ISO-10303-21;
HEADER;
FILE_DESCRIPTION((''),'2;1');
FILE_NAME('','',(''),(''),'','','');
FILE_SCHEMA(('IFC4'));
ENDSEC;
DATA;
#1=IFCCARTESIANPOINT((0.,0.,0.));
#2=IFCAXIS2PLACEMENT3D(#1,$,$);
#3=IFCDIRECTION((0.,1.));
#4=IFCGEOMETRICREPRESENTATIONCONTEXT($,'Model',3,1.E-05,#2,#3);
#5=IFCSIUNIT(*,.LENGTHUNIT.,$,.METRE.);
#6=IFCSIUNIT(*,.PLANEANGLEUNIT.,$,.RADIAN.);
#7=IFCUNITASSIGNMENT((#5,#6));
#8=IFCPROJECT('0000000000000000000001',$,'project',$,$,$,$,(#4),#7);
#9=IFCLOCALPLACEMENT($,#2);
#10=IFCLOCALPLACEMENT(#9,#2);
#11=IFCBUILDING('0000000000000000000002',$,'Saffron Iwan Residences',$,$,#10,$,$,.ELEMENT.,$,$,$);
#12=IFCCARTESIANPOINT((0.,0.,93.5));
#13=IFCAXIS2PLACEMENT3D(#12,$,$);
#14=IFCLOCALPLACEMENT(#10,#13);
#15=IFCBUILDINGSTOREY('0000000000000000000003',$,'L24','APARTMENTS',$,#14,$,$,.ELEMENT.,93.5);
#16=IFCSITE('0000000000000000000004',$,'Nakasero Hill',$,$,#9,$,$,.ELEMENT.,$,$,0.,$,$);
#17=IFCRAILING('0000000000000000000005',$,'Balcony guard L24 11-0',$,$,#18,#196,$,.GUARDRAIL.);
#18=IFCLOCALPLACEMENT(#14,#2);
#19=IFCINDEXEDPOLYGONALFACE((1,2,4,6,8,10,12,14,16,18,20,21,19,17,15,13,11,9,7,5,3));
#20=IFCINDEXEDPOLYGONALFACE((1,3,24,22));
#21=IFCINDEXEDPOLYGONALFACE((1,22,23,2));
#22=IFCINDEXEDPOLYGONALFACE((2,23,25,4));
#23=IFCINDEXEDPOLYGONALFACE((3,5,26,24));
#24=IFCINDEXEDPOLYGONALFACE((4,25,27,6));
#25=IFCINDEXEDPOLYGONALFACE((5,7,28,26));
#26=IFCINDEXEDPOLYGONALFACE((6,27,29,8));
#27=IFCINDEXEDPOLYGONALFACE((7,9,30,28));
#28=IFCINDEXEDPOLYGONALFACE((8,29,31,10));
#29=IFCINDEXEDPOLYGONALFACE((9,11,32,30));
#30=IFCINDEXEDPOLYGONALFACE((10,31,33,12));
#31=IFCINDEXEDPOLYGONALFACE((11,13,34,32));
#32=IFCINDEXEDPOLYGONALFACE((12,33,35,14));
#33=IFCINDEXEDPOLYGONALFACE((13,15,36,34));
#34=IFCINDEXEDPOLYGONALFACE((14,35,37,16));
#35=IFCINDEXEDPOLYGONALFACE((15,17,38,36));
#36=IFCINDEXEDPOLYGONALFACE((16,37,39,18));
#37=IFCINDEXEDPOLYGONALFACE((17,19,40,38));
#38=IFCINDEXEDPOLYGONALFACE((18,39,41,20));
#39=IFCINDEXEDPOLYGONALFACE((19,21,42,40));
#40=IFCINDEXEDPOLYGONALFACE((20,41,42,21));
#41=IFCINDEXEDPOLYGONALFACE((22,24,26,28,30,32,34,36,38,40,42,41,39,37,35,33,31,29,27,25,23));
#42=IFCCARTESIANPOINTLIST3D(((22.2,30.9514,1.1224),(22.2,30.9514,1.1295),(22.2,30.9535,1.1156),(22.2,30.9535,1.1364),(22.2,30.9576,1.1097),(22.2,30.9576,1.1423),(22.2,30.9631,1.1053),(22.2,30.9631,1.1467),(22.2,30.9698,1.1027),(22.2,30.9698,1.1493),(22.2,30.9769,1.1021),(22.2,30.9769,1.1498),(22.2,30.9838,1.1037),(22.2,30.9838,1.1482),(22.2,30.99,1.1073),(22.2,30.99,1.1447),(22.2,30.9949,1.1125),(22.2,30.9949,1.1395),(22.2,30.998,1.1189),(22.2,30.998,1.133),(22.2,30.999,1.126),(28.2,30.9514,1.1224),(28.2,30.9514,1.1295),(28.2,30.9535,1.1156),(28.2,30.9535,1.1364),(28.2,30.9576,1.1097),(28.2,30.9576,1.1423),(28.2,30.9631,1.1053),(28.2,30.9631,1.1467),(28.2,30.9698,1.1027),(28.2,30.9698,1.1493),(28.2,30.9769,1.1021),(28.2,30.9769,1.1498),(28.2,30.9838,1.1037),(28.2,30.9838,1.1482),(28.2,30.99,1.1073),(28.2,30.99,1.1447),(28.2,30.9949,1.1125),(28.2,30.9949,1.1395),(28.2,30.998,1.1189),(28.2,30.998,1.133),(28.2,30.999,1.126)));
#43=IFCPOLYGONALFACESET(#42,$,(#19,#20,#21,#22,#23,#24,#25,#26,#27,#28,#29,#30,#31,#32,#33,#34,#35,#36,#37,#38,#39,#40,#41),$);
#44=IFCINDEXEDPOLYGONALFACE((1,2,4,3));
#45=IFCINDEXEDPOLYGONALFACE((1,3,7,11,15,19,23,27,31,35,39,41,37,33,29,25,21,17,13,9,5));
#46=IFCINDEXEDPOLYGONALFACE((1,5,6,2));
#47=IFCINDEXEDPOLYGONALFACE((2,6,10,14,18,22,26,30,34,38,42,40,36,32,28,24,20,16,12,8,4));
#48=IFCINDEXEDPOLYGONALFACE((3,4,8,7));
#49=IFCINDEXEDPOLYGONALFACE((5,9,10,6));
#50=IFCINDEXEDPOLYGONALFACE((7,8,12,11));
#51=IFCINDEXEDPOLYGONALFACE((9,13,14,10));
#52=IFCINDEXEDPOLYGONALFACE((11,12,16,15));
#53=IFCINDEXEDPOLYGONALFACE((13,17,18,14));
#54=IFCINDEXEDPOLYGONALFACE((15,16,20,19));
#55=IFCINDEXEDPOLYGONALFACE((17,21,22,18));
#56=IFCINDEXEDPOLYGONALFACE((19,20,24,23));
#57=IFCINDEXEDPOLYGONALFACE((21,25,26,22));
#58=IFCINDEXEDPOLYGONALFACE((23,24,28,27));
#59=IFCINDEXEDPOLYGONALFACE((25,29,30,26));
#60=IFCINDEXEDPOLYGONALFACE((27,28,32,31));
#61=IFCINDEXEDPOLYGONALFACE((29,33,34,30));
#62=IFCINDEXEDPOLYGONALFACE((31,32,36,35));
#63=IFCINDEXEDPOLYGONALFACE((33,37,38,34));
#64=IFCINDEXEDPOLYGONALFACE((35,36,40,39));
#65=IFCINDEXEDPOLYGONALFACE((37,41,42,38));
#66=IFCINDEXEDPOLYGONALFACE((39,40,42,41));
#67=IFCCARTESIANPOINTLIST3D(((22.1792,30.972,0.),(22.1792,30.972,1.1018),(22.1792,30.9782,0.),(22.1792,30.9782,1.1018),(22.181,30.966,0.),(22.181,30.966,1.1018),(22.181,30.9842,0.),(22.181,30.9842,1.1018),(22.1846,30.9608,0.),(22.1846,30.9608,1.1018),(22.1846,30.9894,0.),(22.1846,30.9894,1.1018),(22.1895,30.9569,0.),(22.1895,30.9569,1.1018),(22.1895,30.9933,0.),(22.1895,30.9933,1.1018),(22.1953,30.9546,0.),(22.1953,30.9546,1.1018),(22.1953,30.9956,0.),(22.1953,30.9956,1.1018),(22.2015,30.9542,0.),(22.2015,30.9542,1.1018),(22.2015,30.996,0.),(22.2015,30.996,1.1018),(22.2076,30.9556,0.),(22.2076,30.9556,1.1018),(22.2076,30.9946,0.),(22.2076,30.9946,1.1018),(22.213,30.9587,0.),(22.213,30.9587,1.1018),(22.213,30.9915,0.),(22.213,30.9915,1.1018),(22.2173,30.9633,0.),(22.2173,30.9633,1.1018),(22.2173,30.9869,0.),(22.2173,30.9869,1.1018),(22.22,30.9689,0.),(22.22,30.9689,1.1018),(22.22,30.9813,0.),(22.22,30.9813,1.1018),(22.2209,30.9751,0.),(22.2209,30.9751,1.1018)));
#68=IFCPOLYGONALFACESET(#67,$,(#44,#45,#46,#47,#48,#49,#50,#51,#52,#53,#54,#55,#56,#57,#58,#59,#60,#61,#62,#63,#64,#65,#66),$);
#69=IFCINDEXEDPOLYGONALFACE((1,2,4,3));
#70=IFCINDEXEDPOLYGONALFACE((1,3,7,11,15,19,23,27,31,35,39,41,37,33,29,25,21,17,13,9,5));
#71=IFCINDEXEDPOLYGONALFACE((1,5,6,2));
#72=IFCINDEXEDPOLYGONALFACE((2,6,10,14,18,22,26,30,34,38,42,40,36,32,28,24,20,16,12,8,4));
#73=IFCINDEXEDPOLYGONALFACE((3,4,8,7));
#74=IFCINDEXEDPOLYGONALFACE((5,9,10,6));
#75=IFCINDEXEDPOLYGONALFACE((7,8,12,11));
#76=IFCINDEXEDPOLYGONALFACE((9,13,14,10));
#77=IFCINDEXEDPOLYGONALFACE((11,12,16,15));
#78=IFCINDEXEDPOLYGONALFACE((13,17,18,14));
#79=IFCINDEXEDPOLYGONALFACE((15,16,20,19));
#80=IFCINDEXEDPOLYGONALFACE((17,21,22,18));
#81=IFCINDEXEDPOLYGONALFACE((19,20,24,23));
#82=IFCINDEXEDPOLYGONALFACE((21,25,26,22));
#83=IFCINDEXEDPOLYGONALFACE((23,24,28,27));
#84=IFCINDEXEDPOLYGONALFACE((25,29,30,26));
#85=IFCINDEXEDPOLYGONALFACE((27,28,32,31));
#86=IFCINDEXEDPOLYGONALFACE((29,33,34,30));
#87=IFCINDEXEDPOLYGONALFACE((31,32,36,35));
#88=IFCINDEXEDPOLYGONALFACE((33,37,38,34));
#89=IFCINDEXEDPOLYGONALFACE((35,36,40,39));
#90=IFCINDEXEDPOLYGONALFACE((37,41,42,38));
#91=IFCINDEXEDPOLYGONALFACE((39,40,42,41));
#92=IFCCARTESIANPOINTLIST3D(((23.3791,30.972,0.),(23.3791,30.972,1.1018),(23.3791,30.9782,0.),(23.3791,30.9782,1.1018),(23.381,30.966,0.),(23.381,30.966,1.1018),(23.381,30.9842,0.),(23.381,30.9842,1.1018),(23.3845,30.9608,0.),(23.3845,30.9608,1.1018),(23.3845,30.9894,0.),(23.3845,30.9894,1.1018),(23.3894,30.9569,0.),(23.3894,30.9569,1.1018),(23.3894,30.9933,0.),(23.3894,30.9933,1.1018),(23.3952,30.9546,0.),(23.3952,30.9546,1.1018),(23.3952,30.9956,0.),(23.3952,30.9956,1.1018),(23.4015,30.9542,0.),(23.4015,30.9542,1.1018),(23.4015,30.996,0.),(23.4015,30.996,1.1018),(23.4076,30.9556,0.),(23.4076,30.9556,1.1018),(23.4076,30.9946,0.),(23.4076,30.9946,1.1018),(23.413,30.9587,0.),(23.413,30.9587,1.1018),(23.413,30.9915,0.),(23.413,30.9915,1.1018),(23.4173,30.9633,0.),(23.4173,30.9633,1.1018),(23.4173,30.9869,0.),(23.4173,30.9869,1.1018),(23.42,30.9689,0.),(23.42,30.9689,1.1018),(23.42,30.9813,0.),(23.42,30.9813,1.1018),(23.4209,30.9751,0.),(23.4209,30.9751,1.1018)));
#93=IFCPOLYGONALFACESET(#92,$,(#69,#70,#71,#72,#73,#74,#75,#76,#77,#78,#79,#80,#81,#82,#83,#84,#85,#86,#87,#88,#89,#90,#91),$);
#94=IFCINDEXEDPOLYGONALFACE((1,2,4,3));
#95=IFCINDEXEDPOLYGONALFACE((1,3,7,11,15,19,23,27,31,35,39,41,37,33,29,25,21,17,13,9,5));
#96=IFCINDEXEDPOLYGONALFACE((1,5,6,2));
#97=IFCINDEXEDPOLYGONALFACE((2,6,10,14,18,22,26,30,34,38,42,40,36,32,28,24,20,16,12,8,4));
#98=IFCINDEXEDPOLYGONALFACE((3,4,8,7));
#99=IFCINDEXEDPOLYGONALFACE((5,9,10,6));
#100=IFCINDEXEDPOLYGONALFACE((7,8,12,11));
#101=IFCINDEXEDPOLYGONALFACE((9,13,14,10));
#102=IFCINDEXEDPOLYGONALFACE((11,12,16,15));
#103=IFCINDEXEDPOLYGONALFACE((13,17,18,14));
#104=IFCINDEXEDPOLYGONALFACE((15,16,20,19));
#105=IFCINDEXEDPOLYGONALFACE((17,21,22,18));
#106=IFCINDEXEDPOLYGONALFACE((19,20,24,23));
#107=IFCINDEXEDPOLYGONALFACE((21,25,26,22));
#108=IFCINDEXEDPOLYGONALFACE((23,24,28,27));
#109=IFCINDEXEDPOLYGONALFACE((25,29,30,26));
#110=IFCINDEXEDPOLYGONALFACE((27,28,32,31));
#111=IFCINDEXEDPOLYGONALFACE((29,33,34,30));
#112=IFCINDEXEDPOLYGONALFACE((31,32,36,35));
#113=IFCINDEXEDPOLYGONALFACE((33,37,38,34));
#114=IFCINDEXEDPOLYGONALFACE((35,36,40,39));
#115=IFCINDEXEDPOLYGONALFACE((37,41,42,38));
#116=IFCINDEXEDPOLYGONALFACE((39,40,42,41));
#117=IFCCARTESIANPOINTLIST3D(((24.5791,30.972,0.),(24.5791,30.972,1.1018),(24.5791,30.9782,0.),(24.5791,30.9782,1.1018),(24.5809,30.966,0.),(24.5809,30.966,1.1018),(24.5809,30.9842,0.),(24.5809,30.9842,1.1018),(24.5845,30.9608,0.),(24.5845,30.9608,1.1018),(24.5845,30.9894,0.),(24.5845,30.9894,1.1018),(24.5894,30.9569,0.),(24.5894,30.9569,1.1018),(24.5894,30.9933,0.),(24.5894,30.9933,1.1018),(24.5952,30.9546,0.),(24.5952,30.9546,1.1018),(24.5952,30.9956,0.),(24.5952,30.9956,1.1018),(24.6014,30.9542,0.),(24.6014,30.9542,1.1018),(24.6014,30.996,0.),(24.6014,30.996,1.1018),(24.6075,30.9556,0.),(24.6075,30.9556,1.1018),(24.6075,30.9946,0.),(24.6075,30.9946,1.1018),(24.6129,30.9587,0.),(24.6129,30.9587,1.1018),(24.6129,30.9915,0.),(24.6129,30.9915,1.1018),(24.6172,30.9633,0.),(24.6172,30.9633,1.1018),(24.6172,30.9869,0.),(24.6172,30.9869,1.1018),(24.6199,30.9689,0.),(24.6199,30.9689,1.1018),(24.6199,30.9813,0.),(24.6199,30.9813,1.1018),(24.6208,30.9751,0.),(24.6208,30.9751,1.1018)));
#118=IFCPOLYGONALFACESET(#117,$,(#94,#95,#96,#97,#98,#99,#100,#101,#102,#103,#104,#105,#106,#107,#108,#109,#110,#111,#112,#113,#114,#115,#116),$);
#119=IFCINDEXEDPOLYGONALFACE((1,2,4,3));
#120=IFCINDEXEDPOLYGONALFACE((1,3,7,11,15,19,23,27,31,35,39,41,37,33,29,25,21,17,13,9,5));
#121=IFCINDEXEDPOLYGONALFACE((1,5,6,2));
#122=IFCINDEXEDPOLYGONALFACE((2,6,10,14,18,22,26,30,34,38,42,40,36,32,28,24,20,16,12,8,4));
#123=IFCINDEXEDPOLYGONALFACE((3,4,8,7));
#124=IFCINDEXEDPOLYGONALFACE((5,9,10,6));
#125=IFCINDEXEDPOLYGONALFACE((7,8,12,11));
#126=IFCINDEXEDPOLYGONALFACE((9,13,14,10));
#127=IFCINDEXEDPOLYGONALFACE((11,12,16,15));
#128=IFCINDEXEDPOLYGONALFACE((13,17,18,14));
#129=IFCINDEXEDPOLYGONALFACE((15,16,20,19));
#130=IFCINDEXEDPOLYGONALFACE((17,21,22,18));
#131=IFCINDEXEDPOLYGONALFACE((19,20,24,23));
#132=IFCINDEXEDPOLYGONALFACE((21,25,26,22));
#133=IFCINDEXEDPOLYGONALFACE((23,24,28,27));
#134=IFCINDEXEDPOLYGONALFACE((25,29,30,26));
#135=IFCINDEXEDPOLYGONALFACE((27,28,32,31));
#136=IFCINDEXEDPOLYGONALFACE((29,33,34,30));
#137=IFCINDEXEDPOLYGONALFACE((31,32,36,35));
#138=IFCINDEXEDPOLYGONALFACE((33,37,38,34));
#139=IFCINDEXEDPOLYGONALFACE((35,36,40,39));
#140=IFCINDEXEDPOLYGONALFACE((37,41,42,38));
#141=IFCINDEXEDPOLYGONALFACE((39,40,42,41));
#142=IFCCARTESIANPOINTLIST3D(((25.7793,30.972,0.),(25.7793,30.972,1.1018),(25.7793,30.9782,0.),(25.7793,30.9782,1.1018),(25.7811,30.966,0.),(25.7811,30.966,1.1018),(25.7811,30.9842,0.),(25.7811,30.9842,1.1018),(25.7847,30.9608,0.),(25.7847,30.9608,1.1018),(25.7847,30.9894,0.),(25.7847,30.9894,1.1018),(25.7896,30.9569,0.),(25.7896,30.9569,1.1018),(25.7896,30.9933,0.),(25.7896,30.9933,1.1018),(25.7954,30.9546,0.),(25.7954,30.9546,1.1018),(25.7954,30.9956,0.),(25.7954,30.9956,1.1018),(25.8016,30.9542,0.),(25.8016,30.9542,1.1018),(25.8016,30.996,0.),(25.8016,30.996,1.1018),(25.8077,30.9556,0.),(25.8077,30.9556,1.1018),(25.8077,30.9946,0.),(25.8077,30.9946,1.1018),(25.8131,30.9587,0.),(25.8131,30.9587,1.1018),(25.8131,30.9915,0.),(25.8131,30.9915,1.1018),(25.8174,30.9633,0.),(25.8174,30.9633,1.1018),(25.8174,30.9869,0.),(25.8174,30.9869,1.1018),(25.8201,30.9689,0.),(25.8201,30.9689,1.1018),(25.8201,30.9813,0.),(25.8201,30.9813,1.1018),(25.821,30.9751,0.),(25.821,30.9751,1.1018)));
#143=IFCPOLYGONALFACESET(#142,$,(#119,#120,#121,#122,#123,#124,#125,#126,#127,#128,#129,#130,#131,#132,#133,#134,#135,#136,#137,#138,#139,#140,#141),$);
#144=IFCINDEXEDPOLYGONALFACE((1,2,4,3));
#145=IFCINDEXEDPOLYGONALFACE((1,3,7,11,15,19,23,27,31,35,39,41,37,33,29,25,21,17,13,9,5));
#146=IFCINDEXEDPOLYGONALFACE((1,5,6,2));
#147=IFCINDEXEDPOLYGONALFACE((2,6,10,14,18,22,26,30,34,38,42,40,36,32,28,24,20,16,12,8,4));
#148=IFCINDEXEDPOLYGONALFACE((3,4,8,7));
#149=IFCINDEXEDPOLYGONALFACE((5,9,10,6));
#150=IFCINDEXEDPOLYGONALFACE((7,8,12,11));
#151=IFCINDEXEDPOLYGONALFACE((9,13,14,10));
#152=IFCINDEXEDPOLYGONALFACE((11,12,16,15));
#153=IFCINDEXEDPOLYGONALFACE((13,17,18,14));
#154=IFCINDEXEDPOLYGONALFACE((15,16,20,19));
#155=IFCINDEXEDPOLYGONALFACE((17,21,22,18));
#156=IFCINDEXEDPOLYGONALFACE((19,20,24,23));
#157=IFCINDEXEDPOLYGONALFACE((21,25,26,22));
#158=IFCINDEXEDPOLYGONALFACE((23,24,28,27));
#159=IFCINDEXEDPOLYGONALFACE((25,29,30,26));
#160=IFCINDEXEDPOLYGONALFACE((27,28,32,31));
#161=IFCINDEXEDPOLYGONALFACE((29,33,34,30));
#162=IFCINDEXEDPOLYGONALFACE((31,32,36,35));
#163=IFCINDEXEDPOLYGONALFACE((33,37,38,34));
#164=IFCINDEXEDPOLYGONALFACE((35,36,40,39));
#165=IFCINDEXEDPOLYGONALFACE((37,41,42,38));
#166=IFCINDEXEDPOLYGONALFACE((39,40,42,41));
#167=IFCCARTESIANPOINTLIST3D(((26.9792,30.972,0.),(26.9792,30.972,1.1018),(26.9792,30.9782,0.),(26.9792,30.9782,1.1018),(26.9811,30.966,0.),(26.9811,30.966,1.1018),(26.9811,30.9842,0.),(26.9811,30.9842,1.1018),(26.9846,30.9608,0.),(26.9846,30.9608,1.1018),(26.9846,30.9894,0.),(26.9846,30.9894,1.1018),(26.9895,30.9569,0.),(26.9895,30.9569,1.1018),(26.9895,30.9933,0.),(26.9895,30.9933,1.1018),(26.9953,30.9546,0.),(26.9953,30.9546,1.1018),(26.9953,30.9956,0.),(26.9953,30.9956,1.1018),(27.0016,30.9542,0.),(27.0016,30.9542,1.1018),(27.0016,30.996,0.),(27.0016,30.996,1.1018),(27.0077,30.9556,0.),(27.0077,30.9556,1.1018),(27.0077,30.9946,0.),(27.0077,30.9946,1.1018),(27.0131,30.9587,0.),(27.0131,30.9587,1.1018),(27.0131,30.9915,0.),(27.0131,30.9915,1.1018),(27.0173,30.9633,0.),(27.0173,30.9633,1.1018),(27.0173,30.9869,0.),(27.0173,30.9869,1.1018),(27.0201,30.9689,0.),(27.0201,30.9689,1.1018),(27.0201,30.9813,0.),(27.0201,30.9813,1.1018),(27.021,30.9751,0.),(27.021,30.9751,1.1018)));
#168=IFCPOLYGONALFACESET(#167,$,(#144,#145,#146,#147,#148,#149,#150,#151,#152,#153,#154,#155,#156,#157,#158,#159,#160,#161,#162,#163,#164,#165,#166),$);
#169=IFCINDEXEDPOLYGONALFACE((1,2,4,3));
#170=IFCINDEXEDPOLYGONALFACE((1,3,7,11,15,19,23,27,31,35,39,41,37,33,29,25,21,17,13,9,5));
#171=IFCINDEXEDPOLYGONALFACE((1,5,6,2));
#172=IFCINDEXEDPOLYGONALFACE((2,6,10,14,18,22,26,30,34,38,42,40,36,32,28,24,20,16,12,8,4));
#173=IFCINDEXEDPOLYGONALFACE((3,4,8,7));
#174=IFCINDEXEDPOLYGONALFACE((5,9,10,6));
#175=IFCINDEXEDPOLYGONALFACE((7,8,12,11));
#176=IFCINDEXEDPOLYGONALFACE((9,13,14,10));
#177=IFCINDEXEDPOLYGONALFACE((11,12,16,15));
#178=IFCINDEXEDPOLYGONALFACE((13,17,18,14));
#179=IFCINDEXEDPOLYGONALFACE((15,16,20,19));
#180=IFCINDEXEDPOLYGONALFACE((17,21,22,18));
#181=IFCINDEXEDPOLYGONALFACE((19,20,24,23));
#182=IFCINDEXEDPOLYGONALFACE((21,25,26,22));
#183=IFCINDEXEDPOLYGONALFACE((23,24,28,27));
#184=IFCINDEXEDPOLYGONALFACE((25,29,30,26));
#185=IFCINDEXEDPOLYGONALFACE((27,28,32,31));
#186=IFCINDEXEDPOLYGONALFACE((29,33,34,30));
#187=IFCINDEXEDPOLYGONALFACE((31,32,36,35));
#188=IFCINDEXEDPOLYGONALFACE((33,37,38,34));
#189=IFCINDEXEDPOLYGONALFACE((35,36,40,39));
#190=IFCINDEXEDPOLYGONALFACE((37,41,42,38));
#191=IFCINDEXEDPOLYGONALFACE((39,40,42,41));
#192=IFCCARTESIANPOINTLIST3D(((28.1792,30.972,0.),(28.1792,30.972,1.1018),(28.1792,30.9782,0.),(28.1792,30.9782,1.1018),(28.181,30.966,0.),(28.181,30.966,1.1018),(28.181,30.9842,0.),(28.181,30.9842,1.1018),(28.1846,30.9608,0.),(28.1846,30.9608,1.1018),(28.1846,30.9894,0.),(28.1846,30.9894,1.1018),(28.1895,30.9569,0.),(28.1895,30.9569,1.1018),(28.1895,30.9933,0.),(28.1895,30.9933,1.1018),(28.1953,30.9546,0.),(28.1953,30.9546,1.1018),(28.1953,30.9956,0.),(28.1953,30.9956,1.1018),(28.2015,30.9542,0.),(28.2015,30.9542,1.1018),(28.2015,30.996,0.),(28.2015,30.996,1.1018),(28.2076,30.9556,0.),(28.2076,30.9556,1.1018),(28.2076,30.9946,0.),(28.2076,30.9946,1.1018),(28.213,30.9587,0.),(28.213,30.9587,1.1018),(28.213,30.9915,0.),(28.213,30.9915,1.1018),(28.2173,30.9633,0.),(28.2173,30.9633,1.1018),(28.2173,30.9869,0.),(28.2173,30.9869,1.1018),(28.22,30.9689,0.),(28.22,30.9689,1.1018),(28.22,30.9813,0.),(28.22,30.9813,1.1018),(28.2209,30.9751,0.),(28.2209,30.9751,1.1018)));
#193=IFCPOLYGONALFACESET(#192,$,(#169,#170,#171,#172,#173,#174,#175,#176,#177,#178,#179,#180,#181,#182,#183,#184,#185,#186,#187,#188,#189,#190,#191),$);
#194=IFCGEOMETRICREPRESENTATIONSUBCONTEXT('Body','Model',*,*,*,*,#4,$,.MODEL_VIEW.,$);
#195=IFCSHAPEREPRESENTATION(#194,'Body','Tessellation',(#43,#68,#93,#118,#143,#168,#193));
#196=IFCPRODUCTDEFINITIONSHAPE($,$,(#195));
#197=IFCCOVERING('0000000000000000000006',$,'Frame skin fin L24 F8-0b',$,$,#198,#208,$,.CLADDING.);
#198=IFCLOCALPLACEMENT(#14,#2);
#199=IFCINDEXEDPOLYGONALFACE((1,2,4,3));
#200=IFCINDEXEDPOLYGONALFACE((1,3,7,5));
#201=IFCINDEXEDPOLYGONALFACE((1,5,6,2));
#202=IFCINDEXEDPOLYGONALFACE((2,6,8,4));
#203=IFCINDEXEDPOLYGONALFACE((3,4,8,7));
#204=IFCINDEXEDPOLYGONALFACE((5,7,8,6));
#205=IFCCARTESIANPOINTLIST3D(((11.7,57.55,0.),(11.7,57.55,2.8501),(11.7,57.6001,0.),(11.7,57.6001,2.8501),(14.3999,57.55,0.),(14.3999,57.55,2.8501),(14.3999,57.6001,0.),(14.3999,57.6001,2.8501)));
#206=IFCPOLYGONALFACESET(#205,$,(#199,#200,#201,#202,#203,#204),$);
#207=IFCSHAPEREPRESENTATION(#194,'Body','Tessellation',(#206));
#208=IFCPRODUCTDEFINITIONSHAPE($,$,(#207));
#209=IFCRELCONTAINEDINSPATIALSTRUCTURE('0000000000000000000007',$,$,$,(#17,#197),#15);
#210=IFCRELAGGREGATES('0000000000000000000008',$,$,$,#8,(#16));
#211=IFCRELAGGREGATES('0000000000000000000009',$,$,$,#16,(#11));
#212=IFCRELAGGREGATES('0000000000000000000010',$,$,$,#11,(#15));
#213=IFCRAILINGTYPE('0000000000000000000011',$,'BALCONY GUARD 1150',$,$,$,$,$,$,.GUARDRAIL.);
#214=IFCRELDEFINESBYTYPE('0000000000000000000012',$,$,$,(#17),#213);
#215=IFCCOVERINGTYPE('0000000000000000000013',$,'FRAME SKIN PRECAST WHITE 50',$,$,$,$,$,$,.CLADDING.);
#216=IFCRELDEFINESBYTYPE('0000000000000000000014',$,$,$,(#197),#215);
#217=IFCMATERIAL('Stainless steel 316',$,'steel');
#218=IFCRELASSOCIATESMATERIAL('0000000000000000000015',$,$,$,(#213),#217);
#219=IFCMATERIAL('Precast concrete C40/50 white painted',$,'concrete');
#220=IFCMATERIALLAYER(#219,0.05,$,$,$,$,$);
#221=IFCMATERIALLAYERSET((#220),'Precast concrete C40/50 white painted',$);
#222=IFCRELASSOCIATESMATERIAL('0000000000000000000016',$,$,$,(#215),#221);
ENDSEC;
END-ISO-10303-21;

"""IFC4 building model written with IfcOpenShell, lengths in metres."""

from ifc_helpers import new_model, si_unit, direction, frame, origin, origin_2d, place, context, subcontext, project, spatial, polyline, circle, outline, extrude, material, layer, layer_set, type_object, element, save


model = new_model("IFC4")

# Units and contexts
model_context = context("Model", 3, precision=1e-05, world=origin(), true_north=direction((0.0, 1.0)))
body_context = subcontext(model_context, "Body", "Model", "MODEL_VIEW")
ifc_project = project(units=[si_unit("LENGTHUNIT", "METRE"), si_unit("PLANEANGLEUNIT", "RADIAN")], contexts=[model_context])

# Site, building, storey
site_placement = place(None, origin())
site = spatial("IfcSite", under=ifc_project, at=site_placement, Name="Nakasero Hill", CompositionType="ELEMENT", RefElevation=0.0)
building_placement = place(site_placement, origin())
building = spatial("IfcBuilding", under=site, at=building_placement, Name="Saffron Iwan Residences", CompositionType="ELEMENT")
storey_placement = place(building_placement, frame((0.0, 0.0, 93.5)))
storey = spatial("IfcBuildingStorey", under=building, at=storey_placement, Name="L24", Description="APARTMENTS", CompositionType="ELEMENT", Elevation=93.5)

# Railing
ifc_material_1 = material(Name="Stainless steel 316", Category="steel")
railing_type = type_object("IfcRailingType", Name="BALCONY GUARD 1150", PredefinedType="GUARDRAIL", material=ifc_material_1)
railing_placement = place(storey_placement, frame((22.2, 30.9751, 0.0)))
element("IfcRailing", 1, at=railing_placement, inside=storey, type_object=railing_type, Name="Balcony guard L24 11-0", PredefinedType="GUARDRAIL", context=body_context, shape_type="SweptSolid", body=[
    extrude(circle(Radius=0.0239, at=origin_2d()), frame((0.0, 0.0, 1.126), z_axis=(1.0, 0.0, 0.0), x_axis=(0.0, 1.0, 0.0)), (0.0, 0.0, 1.0), 6.0),
    extrude(circle(Radius=0.021, at=origin_2d()), origin(), (0.0, 0.0, 1.0), 1.1018),
    extrude(circle(Radius=0.021, at=origin_2d()), frame((1.2, 0.0, 0.0)), (0.0, 0.0, 1.0), 1.1018),
    extrude(circle(Radius=0.021, at=origin_2d()), frame((2.3999, 0.0, 0.0)), (0.0, 0.0, 1.0), 1.1018),
    extrude(circle(Radius=0.021, at=origin_2d()), frame((3.6001, 0.0, 0.0)), (0.0, 0.0, 1.0), 1.1018),
    extrude(circle(Radius=0.021, at=origin_2d()), frame((4.8, 0.0, 0.0)), (0.0, 0.0, 1.0), 1.1018),
    extrude(circle(Radius=0.021, at=origin_2d()), frame((6.0, 0.0, 0.0)), (0.0, 0.0, 1.0), 1.1018),
])

# Covering
ifc_material_2 = material(Name="Precast concrete C40/50 white painted", Category="concrete")
ifc_layer_1 = layer(ifc_material_2, 0.05)
ifc_layer_set_1 = layer_set([ifc_layer_1], Name="Precast concrete C40/50 white painted")
covering_type_1 = type_object("IfcCoveringType", Name="FRAME SKIN PRECAST WHITE 50", PredefinedType="CLADDING", material=ifc_layer_set_1)
covering_1_placement = place(storey_placement, origin())
element("IfcCovering", 2, at=covering_1_placement, inside=storey, type_object=covering_type_1, Name="Frame skin fin L24 F8-0b", PredefinedType="CLADDING", context=body_context, shape_type="SweptSolid", body=[
    extrude(outline(polyline([(11.7, 57.6001), (11.7, 57.55), (14.3999, 57.55), (14.3999, 57.6001), (11.7, 57.6001)])), origin(), (0.0, 0.0, 1.0), 2.8501),
])

save(model, "model.ifc")
